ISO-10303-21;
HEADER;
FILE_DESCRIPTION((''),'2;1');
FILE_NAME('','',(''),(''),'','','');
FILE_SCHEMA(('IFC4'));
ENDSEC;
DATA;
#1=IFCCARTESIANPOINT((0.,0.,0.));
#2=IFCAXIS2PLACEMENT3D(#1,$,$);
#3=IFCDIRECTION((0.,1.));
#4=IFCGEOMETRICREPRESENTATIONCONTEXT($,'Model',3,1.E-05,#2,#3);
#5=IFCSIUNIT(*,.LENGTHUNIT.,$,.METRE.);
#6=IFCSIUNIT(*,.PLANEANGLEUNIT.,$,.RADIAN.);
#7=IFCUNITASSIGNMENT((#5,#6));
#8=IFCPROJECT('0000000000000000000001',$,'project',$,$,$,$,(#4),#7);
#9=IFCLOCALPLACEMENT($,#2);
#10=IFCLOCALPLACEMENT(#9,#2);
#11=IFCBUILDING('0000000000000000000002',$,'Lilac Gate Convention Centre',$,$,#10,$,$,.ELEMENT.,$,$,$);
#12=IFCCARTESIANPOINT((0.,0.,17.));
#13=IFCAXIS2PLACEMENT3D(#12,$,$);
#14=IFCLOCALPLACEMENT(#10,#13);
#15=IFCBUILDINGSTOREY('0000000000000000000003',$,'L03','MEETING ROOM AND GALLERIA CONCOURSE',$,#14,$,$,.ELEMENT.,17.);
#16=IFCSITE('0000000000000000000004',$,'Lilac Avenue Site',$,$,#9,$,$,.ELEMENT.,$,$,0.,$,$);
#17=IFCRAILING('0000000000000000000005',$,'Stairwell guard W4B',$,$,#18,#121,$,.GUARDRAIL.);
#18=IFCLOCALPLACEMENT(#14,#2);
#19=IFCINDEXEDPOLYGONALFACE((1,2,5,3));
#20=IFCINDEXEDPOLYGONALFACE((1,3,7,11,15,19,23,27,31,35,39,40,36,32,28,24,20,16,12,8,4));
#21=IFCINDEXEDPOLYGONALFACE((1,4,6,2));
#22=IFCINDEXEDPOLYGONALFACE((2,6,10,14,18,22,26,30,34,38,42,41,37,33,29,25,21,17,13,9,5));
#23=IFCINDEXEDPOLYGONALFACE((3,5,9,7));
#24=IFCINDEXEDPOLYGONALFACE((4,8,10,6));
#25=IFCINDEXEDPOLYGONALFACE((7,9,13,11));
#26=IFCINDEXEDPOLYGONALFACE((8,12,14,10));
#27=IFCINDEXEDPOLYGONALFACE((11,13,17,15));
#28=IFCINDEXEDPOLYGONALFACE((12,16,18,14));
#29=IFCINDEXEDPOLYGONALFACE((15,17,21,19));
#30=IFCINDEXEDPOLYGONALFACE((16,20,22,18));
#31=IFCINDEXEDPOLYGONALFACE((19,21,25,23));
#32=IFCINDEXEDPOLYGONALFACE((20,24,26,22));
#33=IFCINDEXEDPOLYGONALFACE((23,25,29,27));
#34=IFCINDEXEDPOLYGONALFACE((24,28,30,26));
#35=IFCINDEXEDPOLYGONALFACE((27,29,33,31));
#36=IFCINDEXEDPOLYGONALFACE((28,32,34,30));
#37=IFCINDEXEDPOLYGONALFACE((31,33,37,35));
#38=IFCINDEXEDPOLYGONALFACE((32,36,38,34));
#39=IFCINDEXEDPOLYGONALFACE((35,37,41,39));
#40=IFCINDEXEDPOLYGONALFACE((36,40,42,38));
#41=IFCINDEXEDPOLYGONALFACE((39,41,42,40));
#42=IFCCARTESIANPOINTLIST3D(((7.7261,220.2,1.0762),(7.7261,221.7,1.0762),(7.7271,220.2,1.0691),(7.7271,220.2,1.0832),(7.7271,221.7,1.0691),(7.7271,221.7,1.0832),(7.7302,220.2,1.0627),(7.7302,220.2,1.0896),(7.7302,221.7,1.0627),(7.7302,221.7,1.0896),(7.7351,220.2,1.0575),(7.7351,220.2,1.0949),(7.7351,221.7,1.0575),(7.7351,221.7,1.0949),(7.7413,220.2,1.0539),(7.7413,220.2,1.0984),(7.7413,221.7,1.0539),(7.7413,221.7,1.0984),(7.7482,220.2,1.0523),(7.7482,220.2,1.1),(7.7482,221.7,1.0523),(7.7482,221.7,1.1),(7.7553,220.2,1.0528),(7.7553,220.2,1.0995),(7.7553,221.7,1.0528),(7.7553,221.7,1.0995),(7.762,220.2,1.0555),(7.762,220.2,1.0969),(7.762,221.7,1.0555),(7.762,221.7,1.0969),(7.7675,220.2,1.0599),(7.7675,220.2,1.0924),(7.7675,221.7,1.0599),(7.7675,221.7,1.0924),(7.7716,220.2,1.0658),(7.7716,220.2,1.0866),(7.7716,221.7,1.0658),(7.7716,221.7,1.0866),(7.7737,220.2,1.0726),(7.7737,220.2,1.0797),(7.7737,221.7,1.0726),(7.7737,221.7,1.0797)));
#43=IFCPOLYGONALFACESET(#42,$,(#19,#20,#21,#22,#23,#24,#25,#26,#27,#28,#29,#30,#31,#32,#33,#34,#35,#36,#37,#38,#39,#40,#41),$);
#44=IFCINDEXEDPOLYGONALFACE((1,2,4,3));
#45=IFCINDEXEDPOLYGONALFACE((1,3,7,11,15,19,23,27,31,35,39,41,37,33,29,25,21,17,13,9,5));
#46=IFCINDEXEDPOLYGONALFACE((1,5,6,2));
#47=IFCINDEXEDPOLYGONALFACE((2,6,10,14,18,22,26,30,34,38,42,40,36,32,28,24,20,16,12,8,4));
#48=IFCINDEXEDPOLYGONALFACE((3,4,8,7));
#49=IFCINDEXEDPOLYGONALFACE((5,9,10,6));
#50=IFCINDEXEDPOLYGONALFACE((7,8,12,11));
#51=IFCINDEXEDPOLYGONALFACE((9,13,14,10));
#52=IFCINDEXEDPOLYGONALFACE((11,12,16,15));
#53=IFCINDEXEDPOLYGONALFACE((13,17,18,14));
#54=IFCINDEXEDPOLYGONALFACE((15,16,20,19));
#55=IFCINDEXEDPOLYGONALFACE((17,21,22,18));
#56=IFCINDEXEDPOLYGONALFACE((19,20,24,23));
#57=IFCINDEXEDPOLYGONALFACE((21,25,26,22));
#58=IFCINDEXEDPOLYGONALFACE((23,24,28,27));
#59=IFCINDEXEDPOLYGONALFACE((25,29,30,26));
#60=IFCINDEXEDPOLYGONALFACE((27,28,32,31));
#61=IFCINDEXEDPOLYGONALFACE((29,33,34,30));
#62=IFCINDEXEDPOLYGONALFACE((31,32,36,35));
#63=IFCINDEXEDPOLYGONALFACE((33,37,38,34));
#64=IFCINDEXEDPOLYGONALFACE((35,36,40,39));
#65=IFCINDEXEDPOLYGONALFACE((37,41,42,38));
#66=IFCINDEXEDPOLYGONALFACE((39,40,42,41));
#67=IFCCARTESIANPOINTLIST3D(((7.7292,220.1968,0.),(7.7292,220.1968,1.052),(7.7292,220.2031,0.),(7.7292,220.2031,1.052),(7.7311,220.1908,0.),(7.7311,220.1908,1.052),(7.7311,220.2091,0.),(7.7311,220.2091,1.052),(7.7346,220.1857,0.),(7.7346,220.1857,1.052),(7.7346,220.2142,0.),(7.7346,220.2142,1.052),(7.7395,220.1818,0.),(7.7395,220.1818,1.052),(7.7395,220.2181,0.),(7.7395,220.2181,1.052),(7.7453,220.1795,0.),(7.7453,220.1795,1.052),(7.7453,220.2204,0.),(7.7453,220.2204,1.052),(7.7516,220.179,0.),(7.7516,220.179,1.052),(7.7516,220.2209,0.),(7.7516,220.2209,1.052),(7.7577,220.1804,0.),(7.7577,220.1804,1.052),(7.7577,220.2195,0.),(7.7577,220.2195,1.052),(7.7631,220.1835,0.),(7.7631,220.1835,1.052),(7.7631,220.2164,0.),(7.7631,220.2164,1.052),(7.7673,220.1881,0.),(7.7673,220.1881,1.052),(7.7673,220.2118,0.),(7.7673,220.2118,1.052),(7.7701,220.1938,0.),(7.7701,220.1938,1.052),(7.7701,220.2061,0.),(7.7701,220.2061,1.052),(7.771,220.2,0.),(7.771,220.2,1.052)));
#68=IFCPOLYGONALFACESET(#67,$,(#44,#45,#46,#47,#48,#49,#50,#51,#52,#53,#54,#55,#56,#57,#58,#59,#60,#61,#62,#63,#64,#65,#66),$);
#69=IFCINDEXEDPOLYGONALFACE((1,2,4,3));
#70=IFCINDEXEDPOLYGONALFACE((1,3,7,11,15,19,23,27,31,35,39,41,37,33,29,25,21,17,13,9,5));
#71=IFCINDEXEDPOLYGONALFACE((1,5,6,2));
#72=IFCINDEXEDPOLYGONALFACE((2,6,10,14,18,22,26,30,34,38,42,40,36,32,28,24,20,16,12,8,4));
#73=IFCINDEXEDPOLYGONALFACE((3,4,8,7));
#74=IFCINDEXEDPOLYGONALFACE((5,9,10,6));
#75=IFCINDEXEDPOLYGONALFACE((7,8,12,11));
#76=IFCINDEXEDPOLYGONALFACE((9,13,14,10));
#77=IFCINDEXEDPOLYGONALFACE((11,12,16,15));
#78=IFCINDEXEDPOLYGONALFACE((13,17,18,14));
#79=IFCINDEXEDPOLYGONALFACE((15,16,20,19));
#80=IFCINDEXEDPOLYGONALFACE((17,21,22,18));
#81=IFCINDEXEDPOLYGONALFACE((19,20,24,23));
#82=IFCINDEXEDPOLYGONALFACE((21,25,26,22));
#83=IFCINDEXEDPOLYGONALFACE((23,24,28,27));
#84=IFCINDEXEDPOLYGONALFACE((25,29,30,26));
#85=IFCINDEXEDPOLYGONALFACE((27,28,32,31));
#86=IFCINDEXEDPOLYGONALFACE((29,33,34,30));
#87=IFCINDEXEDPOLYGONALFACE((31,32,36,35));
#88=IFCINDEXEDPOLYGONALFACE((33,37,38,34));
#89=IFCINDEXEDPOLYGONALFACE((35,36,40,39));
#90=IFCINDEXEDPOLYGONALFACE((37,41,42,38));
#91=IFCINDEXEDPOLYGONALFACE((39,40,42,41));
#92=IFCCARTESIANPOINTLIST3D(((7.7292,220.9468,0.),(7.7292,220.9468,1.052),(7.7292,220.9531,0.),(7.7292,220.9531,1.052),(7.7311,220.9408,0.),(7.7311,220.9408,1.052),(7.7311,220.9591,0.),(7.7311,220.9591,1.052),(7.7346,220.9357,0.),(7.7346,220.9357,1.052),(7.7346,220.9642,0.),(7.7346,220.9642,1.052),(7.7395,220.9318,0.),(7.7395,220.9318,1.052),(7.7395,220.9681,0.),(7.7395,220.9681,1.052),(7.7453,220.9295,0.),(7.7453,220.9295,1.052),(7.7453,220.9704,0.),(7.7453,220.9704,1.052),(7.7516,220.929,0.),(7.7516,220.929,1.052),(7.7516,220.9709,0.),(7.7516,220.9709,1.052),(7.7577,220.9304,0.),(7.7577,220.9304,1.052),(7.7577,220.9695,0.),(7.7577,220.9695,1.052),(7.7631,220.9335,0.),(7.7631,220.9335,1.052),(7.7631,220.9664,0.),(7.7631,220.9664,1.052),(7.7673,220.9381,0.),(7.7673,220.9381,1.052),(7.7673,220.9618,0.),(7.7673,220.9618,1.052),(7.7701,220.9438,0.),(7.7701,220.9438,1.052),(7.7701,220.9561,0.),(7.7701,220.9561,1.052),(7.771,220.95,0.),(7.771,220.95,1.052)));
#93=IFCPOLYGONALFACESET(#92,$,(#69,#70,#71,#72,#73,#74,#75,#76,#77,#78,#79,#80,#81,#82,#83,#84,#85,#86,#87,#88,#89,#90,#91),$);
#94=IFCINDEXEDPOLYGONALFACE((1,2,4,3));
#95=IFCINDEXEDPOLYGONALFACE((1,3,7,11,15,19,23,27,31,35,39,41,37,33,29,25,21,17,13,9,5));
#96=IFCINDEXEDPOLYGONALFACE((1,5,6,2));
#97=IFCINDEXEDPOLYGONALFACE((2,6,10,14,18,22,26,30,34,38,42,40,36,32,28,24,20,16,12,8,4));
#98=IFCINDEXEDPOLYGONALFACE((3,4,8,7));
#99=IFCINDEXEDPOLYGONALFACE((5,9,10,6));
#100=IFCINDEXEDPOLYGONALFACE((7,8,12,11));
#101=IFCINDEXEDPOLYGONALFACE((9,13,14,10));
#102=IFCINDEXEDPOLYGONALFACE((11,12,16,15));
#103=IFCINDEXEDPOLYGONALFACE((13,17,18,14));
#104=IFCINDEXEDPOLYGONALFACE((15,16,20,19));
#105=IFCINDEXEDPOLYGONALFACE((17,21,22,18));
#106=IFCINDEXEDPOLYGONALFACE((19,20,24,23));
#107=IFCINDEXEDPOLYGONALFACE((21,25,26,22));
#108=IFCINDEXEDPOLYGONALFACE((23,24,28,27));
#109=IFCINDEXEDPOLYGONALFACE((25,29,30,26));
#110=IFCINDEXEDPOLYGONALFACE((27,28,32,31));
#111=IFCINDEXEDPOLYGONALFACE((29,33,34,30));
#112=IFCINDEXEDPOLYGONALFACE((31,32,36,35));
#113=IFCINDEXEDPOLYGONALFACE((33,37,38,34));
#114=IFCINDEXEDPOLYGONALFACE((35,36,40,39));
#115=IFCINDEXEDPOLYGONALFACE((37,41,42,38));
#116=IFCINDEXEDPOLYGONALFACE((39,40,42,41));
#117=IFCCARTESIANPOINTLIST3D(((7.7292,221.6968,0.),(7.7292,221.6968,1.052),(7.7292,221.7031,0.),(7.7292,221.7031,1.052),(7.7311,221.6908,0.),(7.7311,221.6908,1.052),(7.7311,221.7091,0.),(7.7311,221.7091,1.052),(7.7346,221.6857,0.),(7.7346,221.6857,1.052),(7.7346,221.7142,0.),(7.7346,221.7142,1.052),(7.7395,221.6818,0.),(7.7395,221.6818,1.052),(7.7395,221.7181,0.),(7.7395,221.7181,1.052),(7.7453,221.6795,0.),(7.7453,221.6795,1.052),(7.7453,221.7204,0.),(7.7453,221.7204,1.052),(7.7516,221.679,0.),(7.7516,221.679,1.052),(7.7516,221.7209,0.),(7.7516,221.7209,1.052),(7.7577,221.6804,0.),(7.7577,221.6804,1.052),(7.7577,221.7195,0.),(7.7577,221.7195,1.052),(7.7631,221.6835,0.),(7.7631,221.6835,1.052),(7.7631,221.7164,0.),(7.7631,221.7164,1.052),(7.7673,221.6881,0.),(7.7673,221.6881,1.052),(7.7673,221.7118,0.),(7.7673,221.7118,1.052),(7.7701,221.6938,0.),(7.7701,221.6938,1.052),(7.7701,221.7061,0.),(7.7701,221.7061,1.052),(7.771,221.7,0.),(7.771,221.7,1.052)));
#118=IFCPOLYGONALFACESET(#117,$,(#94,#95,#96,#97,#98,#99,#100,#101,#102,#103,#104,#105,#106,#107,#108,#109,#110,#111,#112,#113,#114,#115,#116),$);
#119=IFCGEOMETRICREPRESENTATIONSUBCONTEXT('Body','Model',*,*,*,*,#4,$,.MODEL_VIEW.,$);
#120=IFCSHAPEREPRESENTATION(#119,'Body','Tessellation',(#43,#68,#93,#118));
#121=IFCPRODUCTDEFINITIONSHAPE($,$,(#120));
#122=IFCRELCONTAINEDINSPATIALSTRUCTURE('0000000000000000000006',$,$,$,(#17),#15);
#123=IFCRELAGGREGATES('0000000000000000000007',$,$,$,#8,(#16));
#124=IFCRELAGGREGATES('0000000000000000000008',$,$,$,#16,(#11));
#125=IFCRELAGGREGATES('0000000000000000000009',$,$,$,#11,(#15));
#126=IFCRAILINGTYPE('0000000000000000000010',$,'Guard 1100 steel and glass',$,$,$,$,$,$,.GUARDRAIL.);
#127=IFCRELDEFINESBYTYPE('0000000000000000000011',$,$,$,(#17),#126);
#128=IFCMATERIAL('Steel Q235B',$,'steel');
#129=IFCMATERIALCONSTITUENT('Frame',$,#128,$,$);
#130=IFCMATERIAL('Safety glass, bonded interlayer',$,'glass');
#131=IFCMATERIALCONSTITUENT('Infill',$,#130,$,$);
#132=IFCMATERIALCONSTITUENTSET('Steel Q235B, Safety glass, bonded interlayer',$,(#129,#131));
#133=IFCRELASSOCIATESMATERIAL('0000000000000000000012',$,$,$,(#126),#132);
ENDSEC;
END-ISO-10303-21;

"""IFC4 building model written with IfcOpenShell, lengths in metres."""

from ifc_helpers import new_model, si_unit, direction, frame, origin, origin_2d, place, context, subcontext, project, spatial, circle, extrude, material, constituent, constituent_set, type_object, element, save


model = new_model("IFC4")

# Units and contexts
model_context = context("Model", 3, precision=1e-05, world=origin(), true_north=direction((0.0, 1.0)))
body_context = subcontext(model_context, "Body", "Model", "MODEL_VIEW")
ifc_project = project(units=[si_unit("LENGTHUNIT", "METRE"), si_unit("PLANEANGLEUNIT", "RADIAN")], contexts=[model_context])

# Site, building, storey
site_placement = place(None, origin())
site = spatial("IfcSite", under=ifc_project, at=site_placement, Name="Lilac Avenue Site", CompositionType="ELEMENT", RefElevation=0.0)
building_placement = place(site_placement, origin())
building = spatial("IfcBuilding", under=site, at=building_placement, Name="Lilac Gate Convention Centre", CompositionType="ELEMENT")
storey_placement = place(building_placement, frame((0.0, 0.0, 17.0)))
storey = spatial("IfcBuildingStorey", under=building, at=storey_placement, Name="L03", Description="MEETING ROOM AND GALLERIA CONCOURSE", CompositionType="ELEMENT", Elevation=17.0)

# Railing
ifc_material_1 = material(Name="Steel Q235B", Category="steel")
ifc_constituent_1 = constituent(ifc_material_1, Name="Frame")
ifc_material_2 = material(Name="Safety glass, bonded interlayer", Category="glass")
ifc_constituent_2 = constituent(ifc_material_2, Name="Infill")
ifc_constituent_set = constituent_set(constituents=[ifc_constituent_1, ifc_constituent_2], Name="Steel Q235B, Safety glass, bonded interlayer")
railing_type = type_object("IfcRailingType", Name="Guard 1100 steel and glass", PredefinedType="GUARDRAIL", material=ifc_constituent_set)
railing_placement = place(storey_placement, frame((7.75, 220.2, 0.0)))
element("IfcRailing", 1, at=railing_placement, inside=storey, type_object=railing_type, Name="Stairwell guard W4B", PredefinedType="GUARDRAIL", context=body_context, shape_type="SweptSolid", body=[
    extrude(circle(Radius=0.0239, at=origin_2d()), frame((0.0, 0.0, 1.0762), z_axis=(0.0, 1.0, 0.0), x_axis=(-1.0, 0.0, 0.0)), (0.0, 0.0, 1.0), 1.5),
    extrude(circle(Radius=0.021, at=origin_2d()), origin(), (0.0, 0.0, 1.0), 1.052),
    extrude(circle(Radius=0.021, at=origin_2d()), frame((0.0, 0.75, 0.0)), (0.0, 0.0, 1.0), 1.052),
    extrude(circle(Radius=0.021, at=origin_2d()), frame((0.0, 1.5, 0.0)), (0.0, 0.0, 1.0), 1.052),
])

save(model, "model.ifc")
